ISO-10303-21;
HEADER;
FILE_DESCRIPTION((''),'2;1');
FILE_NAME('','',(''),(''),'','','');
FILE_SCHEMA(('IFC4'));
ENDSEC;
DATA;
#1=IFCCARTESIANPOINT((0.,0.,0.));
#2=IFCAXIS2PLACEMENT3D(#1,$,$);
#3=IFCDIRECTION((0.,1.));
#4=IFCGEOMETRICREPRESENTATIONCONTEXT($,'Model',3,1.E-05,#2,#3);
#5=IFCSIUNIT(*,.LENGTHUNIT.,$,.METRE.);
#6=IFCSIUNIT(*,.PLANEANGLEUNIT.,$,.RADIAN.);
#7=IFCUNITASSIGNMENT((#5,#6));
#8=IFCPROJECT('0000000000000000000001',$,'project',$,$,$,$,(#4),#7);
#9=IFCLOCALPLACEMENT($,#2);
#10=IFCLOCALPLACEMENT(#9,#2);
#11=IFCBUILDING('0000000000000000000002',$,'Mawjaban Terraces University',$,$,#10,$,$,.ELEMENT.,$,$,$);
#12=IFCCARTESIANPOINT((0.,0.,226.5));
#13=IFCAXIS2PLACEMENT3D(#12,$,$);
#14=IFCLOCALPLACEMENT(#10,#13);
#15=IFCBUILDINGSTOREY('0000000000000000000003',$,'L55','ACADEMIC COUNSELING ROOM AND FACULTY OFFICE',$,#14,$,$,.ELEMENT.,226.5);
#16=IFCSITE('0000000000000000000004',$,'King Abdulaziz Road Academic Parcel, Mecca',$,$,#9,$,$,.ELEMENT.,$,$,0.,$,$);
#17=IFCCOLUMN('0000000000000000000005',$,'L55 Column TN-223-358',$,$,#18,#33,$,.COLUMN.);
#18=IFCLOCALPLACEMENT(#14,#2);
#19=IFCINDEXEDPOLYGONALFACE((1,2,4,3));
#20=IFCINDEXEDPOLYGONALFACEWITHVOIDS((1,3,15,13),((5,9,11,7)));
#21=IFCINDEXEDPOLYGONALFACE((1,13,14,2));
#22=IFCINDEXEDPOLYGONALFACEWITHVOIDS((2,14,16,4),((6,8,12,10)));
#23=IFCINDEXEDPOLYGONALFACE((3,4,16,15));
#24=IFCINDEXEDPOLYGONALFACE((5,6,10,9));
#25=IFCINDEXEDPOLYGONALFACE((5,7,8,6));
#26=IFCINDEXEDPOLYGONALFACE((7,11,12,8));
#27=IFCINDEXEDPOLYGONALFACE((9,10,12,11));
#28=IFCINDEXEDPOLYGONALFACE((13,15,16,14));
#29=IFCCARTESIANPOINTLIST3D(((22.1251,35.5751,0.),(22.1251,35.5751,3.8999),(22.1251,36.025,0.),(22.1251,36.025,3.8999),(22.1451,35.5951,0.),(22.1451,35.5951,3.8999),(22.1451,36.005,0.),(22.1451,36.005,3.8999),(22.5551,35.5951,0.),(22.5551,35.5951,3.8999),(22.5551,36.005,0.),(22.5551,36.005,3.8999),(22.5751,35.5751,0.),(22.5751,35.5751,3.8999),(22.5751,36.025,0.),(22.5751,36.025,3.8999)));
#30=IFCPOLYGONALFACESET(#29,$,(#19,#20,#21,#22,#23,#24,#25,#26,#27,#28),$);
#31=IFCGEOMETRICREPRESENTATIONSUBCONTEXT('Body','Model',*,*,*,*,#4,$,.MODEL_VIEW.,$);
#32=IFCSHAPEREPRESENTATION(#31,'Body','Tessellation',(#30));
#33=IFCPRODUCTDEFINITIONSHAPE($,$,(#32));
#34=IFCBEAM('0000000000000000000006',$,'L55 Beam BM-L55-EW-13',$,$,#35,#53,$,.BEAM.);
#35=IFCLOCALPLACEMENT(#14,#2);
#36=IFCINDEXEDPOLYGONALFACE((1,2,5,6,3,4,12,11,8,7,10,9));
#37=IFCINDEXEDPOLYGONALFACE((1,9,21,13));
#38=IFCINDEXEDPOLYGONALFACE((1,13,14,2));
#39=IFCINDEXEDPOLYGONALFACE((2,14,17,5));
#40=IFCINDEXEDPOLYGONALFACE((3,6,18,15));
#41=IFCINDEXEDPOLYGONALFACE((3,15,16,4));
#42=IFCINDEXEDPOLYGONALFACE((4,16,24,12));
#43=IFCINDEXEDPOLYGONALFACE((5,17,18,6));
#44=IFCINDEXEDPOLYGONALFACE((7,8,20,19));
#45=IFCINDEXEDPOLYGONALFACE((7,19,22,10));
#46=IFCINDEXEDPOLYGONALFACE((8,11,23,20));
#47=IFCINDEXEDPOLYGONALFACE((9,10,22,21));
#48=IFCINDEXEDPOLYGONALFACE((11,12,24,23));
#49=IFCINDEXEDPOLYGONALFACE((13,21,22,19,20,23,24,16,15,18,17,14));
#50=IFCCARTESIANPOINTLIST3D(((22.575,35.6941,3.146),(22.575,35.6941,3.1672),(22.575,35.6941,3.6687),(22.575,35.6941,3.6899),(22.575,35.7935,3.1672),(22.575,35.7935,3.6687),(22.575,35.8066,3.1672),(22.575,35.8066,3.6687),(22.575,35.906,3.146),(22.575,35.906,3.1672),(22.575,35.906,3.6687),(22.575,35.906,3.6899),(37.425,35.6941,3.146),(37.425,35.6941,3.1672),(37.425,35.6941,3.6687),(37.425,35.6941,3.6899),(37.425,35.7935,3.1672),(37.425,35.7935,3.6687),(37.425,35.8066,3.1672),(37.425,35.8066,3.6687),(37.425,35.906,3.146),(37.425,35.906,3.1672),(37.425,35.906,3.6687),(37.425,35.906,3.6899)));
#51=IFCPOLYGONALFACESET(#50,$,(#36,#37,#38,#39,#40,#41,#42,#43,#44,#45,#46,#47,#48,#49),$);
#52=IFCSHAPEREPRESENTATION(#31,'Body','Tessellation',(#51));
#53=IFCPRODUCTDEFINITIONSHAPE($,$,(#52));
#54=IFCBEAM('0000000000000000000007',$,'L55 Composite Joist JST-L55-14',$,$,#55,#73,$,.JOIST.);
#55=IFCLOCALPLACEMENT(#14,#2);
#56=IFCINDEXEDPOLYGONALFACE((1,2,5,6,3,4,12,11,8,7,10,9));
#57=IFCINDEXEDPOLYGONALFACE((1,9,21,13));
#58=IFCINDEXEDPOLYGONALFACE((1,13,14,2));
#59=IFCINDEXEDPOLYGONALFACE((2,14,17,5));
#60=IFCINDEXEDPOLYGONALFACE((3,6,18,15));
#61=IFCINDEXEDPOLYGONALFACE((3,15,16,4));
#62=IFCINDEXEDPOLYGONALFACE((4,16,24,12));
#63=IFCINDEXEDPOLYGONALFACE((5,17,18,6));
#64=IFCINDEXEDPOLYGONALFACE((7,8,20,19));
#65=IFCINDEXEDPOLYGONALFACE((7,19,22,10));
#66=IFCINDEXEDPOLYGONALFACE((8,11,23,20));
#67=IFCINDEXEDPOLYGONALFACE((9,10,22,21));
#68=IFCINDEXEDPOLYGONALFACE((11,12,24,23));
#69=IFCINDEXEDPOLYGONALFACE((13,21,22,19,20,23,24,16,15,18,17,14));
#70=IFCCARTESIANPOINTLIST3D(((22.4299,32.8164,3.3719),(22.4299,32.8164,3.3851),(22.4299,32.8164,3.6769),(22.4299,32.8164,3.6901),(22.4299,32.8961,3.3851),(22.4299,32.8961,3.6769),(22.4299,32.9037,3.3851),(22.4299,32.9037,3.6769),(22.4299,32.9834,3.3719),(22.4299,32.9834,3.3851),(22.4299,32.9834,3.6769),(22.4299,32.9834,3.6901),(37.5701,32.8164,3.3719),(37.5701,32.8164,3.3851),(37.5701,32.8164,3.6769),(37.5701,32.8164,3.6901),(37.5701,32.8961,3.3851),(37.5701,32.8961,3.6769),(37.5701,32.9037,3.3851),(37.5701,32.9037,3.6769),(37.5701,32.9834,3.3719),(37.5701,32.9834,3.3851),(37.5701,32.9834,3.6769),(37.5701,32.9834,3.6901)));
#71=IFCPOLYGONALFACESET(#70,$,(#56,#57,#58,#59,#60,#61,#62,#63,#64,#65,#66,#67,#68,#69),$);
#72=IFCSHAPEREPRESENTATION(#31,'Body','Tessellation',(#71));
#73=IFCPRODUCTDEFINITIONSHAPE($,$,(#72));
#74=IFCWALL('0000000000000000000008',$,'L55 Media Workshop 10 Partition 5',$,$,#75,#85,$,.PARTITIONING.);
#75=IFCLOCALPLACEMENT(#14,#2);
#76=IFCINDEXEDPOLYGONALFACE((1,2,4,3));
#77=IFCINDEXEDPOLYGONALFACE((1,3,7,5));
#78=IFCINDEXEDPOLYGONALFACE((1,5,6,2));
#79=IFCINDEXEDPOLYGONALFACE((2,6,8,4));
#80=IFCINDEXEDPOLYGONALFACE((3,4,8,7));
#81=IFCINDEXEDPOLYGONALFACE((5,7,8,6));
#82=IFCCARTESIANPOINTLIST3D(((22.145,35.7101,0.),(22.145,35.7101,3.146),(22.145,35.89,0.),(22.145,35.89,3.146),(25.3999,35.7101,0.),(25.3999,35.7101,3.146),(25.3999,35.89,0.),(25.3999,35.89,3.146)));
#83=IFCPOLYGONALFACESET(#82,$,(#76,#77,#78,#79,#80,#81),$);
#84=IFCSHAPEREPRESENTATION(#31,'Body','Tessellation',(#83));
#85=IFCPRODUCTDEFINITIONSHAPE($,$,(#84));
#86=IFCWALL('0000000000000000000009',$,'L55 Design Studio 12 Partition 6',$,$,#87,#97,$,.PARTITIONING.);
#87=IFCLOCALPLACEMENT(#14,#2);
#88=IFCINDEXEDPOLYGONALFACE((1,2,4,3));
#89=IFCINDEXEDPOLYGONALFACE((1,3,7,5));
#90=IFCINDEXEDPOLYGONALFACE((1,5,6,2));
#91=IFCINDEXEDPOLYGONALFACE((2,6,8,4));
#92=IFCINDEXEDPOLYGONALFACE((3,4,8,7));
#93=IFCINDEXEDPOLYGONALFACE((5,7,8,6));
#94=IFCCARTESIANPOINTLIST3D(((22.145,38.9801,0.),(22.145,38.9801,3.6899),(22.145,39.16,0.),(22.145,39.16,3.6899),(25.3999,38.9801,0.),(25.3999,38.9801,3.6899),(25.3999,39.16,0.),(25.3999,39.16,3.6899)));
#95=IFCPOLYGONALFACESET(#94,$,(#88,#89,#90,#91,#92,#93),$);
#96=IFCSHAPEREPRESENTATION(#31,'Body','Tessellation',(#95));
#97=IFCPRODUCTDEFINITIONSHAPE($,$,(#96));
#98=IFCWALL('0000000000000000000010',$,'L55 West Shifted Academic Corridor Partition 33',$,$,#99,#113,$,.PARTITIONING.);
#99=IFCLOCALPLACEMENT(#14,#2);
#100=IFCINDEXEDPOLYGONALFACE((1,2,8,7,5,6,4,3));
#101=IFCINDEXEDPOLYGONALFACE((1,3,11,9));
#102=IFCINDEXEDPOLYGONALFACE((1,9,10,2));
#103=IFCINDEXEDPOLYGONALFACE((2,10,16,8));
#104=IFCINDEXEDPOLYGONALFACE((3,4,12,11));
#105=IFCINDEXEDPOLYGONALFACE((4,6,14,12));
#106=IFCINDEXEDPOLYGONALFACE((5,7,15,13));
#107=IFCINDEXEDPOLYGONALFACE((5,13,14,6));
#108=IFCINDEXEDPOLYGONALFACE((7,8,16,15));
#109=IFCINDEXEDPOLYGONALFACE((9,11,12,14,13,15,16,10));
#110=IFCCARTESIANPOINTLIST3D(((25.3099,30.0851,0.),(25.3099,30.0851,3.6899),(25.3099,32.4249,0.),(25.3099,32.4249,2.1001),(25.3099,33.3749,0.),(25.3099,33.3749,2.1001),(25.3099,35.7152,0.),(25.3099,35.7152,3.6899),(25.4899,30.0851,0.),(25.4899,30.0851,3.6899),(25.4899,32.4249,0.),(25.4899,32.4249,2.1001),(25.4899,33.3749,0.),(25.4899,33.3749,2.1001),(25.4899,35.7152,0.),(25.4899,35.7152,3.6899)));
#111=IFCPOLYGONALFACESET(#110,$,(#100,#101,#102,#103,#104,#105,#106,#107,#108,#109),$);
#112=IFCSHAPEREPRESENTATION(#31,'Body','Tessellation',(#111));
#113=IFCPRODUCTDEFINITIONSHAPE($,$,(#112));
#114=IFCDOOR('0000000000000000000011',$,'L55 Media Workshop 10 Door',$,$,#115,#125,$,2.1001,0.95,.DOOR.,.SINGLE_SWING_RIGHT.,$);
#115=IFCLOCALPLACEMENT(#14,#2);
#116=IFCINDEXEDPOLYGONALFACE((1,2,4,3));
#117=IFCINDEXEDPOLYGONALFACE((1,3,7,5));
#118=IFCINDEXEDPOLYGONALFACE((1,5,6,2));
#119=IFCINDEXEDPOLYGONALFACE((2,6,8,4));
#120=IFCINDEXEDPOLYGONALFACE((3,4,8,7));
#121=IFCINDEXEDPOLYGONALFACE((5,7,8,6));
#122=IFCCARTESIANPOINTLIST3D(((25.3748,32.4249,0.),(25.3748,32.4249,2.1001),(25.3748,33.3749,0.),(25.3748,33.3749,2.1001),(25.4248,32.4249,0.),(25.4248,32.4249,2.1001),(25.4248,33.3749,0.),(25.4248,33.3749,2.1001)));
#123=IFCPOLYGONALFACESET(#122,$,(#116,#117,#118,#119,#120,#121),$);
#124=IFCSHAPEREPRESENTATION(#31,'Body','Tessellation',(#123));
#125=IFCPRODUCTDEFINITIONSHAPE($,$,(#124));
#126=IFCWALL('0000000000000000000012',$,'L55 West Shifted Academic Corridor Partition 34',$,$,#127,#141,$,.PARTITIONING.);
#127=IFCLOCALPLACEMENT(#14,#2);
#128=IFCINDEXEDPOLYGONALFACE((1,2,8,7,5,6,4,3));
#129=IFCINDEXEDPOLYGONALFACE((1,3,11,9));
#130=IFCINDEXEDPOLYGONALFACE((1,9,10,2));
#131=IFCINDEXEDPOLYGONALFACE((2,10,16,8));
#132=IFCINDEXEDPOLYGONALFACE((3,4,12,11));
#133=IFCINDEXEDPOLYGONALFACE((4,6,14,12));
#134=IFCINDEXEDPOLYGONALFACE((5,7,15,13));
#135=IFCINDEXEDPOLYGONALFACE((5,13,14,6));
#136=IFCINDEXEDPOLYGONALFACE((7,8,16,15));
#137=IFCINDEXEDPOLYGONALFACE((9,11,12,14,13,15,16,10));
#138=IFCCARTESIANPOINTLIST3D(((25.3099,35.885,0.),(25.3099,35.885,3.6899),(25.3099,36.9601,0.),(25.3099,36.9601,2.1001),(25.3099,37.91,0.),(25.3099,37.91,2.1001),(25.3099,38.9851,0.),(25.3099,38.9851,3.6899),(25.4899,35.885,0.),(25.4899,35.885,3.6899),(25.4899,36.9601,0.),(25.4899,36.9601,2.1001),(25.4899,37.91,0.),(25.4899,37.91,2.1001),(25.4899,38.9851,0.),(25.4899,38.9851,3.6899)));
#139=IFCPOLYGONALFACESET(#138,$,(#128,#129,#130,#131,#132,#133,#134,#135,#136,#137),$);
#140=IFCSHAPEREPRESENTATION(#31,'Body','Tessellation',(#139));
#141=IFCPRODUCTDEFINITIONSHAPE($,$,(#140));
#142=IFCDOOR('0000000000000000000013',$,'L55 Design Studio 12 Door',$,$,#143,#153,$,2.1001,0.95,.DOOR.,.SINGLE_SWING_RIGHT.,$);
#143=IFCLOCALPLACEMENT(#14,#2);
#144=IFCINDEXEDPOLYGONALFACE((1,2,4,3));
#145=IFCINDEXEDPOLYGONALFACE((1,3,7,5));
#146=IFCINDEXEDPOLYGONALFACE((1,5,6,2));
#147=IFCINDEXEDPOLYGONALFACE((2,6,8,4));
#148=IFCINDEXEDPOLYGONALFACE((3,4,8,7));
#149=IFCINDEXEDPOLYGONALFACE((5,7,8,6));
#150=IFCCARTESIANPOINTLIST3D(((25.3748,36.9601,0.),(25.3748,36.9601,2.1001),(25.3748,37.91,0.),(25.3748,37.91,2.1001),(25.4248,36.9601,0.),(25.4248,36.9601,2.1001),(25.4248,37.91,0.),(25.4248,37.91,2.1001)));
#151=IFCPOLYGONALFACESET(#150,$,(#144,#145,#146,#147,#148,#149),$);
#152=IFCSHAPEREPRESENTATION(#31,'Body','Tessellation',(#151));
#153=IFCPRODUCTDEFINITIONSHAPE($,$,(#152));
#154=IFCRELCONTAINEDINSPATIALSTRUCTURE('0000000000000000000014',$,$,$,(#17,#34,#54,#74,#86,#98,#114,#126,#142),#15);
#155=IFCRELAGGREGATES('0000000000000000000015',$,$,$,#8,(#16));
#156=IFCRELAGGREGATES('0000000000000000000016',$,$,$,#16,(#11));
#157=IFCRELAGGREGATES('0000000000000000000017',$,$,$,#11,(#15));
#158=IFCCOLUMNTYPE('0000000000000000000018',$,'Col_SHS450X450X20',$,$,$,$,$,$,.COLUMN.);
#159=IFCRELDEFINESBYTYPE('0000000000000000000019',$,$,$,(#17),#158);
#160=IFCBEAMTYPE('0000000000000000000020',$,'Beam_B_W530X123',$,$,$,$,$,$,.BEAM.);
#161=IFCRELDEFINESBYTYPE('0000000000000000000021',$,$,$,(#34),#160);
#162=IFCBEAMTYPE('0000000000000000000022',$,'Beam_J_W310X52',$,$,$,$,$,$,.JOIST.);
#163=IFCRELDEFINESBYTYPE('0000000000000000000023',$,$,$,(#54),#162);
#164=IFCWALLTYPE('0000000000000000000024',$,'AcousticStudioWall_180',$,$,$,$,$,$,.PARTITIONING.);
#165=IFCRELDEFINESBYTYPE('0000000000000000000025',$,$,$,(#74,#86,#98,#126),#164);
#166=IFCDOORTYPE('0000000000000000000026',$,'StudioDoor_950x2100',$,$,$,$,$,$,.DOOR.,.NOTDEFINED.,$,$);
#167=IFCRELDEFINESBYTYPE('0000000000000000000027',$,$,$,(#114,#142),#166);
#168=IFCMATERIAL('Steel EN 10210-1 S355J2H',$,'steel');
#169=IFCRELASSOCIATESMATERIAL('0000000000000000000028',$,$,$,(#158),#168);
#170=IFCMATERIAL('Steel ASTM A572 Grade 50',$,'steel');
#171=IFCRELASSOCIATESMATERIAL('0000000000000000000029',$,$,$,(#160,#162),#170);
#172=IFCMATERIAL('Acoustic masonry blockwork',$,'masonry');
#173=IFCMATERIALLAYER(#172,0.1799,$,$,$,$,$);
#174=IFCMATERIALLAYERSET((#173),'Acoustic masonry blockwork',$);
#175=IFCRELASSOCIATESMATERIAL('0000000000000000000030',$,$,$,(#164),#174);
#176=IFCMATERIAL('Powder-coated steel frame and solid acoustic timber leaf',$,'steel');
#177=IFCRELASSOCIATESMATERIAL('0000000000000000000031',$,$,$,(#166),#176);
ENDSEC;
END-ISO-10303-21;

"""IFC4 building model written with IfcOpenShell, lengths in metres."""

from ifc_helpers import new_model, si_unit, direction, frame, frame_2d, origin, origin_2d, place, context, subcontext, project, spatial, rectangle, hollow_rectangle, i_section, extrude, material, layer, layer_set, material_profile, profile_set, type_object, element, fill, save


model = new_model("IFC4")

# Units and contexts
model_context = context("Model", 3, precision=1e-05, world=origin(), true_north=direction((0.0, 1.0)))
body_context = subcontext(model_context, "Body", "Model", "MODEL_VIEW")
ifc_project = project(units=[si_unit("LENGTHUNIT", "METRE"), si_unit("PLANEANGLEUNIT", "RADIAN")], contexts=[model_context])

# Site, building, storey
site_placement = place(None, origin())
site = spatial("IfcSite", under=ifc_project, at=site_placement, Name="King Abdulaziz Road Academic Parcel, Mecca", CompositionType="ELEMENT", RefElevation=0.0)
building_placement = place(site_placement, origin())
building = spatial("IfcBuilding", under=site, at=building_placement, Name="Mawjaban Terraces University", CompositionType="ELEMENT")
storey_placement = place(building_placement, frame((0.0, 0.0, 226.5)))
storey = spatial("IfcBuildingStorey", under=building, at=storey_placement, Name="L55", Description="ACADEMIC COUNSELING ROOM AND FACULTY OFFICE", CompositionType="ELEMENT", Elevation=226.5)

# Column
ifc_material_1 = material(Name="Steel EN 10210-1 S355J2H", Category="steel")
ifc_material_profile_1 = material_profile(ifc_material_1, hollow_rectangle(XDim=0.45, YDim=0.45, WallThickness=0.02, at=origin_2d()), Name="SHS450X450X20")
ifc_profile_set_1 = profile_set([ifc_material_profile_1], Name="Steel EN 10210-1 S355J2H")
column_type = type_object("IfcColumnType", Name="Col_SHS450X450X20", PredefinedType="COLUMN", material=ifc_profile_set_1)
column_placement = place(storey_placement, frame((22.3501, 35.8, 0.0), z_axis=(0.0, 0.0, 1.0), x_axis=(1.0, 0.0, 0.0)))
element("IfcColumn", 1, at=column_placement, inside=storey, type_object=column_type, Name="L55 Column TN-223-358", PredefinedType="COLUMN", context=body_context, shape_type="SweptSolid", body=[
    extrude(hollow_rectangle(XDim=0.45, YDim=0.45, WallThickness=0.02, at=origin_2d()), origin(), (0.0, 0.0, 1.0), 3.8999),
])

# Beams
ifc_material_2 = material(Name="Steel ASTM A572 Grade 50", Category="steel")
ifc_material_profile_2 = material_profile(ifc_material_2, i_section(OverallWidth=0.2119, OverallDepth=0.5439, WebThickness=0.0132, FlangeThickness=0.0212, at=origin_2d()), Name="W530X123")
ifc_profile_set_2 = profile_set([ifc_material_profile_2], Name="Steel ASTM A572 Grade 50")
beam_type_1 = type_object("IfcBeamType", Name="Beam_B_W530X123", PredefinedType="BEAM", material=ifc_profile_set_2)
beam_1_placement = place(storey_placement, frame((22.575, 35.8, 3.418), z_axis=(1.0, 0.0, 0.0), x_axis=(0.0, 1.0, 0.0)))
element("IfcBeam", 2, at=beam_1_placement, inside=storey, type_object=beam_type_1, Name="L55 Beam BM-L55-EW-13", PredefinedType="BEAM", context=body_context, shape_type="SweptSolid", body=[
    extrude(i_section(OverallWidth=0.2119, OverallDepth=0.5439, WebThickness=0.0132, FlangeThickness=0.0212, at=origin_2d()), origin(), (0.0, 0.0, 1.0), 14.8501),
])
ifc_material_profile_3 = material_profile(ifc_material_2, i_section(OverallWidth=0.167, OverallDepth=0.3181, WebThickness=0.0076, FlangeThickness=0.0132, at=origin_2d()), Name="W310X52")
ifc_profile_set_3 = profile_set([ifc_material_profile_3], Name="Steel ASTM A572 Grade 50")
beam_type_2 = type_object("IfcBeamType", Name="Beam_J_W310X52", PredefinedType="JOIST", material=ifc_profile_set_3)
beam_2_placement = place(storey_placement, frame((22.4299, 32.8999, 3.531), z_axis=(1.0, 0.0, 0.0), x_axis=(0.0, 1.0, 0.0)))
element("IfcBeam", 3, at=beam_2_placement, inside=storey, type_object=beam_type_2, Name="L55 Composite Joist JST-L55-14", PredefinedType="JOIST", context=body_context, shape_type="SweptSolid", body=[
    extrude(i_section(OverallWidth=0.167, OverallDepth=0.3181, WebThickness=0.0076, FlangeThickness=0.0132, at=origin_2d()), origin(), (0.0, 0.0, 1.0), 15.1401),
])

# Walls
ifc_material_3 = material(Name="Acoustic masonry blockwork", Category="masonry")
ifc_layer_1 = layer(ifc_material_3, 0.1799)
ifc_layer_set_1 = layer_set([ifc_layer_1], Name="Acoustic masonry blockwork")
wall_type_1 = type_object("IfcWallType", Name="AcousticStudioWall_180", PredefinedType="PARTITIONING", material=ifc_layer_set_1)
wall_1_placement = place(storey_placement, frame((25.3999, 35.8, 0.0), z_axis=(0.0, 0.0, 1.0), x_axis=(-1.0, 0.0, 0.0)))
element("IfcWall", 4, at=wall_1_placement, inside=storey, type_object=wall_type_1, Name="L55 Media Workshop 10 Partition 5", PredefinedType="PARTITIONING", context=body_context, shape_type="SweptSolid", body=[
    extrude(rectangle(XDim=3.2549, YDim=0.1799, at=frame_2d((1.6274, 0.0))), origin(), (0.0, 0.0, 1.0), 3.146),
])
wall_2_placement = place(storey_placement, frame((25.3999, 39.0701, 0.0), z_axis=(0.0, 0.0, 1.0), x_axis=(-1.0, 0.0, 0.0)))
element("IfcWall", 5, at=wall_2_placement, inside=storey, type_object=wall_type_1, Name="L55 Design Studio 12 Partition 6", PredefinedType="PARTITIONING", context=body_context, shape_type="SweptSolid", body=[
    extrude(rectangle(XDim=3.2549, YDim=0.1799, at=frame_2d((1.6274, 0.0))), origin(), (0.0, 0.0, 1.0), 3.6899),
])

# Walls, openings, doors
wall_3_placement = place(storey_placement, frame((25.3999, 35.7151, 0.0), z_axis=(0.0, 0.0, 1.0), x_axis=(0.0, -1.0, 0.0)))
wall_3 = element("IfcWall", 6, at=wall_3_placement, inside=storey, type_object=wall_type_1, Name="L55 West Shifted Academic Corridor Partition 33", PredefinedType="PARTITIONING", context=body_context, shape_type="SweptSolid", body=[
    extrude(rectangle(XDim=5.6301, YDim=0.1799, at=frame_2d((2.8149, 0.0))), origin(), (0.0, 0.0, 1.0), 3.6899),
])
opening_1_placement = place(wall_3_placement, frame((2.3401, 0.0, 0.0)))
opening_1 = element("IfcOpeningElement", 7, at=opening_1_placement, cuts=wall_3, PredefinedType="OPENING", context=body_context, shape_type="SweptSolid", body=[
    extrude(rectangle(XDim=0.95, YDim=2.1001, at=frame_2d((0.4751, 1.05))), frame((0.0, 0.0999, 0.0), z_axis=(0.0, -1.0, 0.0), x_axis=(1.0, 0.0, 0.0)), (0.0, 0.0, 1.0), 0.2),
])
ifc_material_4 = material(Name="Powder-coated steel frame and solid acoustic timber leaf", Category="steel")
door_type_1 = type_object("IfcDoorType", Name="StudioDoor_950x2100", OperationType="NOTDEFINED", PredefinedType="DOOR", material=ifc_material_4)
door_1_placement = place(opening_1_placement, origin())
door_1 = element("IfcDoor", 8, at=door_1_placement, inside=storey, type_object=door_type_1, Name="L55 Media Workshop 10 Door", OperationType="SINGLE_SWING_RIGHT", OverallHeight=2.1001, OverallWidth=0.95, PredefinedType="DOOR", context=body_context, shape_type="SweptSolid", body=[
    extrude(rectangle(XDim=0.95, YDim=2.1001, at=frame_2d((0.4751, 1.05))), frame((0.0, 0.0249, 0.0), z_axis=(0.0, -1.0, 0.0), x_axis=(1.0, 0.0, 0.0)), (0.0, 0.0, 1.0), 0.05),
])
fill(opening_1, door_1)
wall_4_placement = place(storey_placement, frame((25.3999, 38.9851, 0.0), z_axis=(0.0, 0.0, 1.0), x_axis=(0.0, -1.0, 0.0)))
wall_4 = element("IfcWall", 9, at=wall_4_placement, inside=storey, type_object=wall_type_1, Name="L55 West Shifted Academic Corridor Partition 34", PredefinedType="PARTITIONING", context=body_context, shape_type="SweptSolid", body=[
    extrude(rectangle(XDim=3.1001, YDim=0.1799, at=frame_2d((1.55, 0.0))), origin(), (0.0, 0.0, 1.0), 3.6899),
])
opening_2_placement = place(wall_4_placement, frame((1.075, 0.0, 0.0)))
opening_2 = element("IfcOpeningElement", 10, at=opening_2_placement, cuts=wall_4, PredefinedType="OPENING", context=body_context, shape_type="SweptSolid", body=[
    extrude(rectangle(XDim=0.95, YDim=2.1001, at=frame_2d((0.4751, 1.05))), frame((0.0, 0.0999, 0.0), z_axis=(0.0, -1.0, 0.0), x_axis=(1.0, 0.0, 0.0)), (0.0, 0.0, 1.0), 0.2),
])
door_2_placement = place(opening_2_placement, origin())
door_2 = element("IfcDoor", 11, at=door_2_placement, inside=storey, type_object=door_type_1, Name="L55 Design Studio 12 Door", OperationType="SINGLE_SWING_RIGHT", OverallHeight=2.1001, OverallWidth=0.95, PredefinedType="DOOR", context=body_context, shape_type="SweptSolid", body=[
    extrude(rectangle(XDim=0.95, YDim=2.1001, at=frame_2d((0.4751, 1.05))), frame((0.0, 0.0249, 0.0), z_axis=(0.0, -1.0, 0.0), x_axis=(1.0, 0.0, 0.0)), (0.0, 0.0, 1.0), 0.05),
])
fill(opening_2, door_2)

save(model, "model.ifc")
